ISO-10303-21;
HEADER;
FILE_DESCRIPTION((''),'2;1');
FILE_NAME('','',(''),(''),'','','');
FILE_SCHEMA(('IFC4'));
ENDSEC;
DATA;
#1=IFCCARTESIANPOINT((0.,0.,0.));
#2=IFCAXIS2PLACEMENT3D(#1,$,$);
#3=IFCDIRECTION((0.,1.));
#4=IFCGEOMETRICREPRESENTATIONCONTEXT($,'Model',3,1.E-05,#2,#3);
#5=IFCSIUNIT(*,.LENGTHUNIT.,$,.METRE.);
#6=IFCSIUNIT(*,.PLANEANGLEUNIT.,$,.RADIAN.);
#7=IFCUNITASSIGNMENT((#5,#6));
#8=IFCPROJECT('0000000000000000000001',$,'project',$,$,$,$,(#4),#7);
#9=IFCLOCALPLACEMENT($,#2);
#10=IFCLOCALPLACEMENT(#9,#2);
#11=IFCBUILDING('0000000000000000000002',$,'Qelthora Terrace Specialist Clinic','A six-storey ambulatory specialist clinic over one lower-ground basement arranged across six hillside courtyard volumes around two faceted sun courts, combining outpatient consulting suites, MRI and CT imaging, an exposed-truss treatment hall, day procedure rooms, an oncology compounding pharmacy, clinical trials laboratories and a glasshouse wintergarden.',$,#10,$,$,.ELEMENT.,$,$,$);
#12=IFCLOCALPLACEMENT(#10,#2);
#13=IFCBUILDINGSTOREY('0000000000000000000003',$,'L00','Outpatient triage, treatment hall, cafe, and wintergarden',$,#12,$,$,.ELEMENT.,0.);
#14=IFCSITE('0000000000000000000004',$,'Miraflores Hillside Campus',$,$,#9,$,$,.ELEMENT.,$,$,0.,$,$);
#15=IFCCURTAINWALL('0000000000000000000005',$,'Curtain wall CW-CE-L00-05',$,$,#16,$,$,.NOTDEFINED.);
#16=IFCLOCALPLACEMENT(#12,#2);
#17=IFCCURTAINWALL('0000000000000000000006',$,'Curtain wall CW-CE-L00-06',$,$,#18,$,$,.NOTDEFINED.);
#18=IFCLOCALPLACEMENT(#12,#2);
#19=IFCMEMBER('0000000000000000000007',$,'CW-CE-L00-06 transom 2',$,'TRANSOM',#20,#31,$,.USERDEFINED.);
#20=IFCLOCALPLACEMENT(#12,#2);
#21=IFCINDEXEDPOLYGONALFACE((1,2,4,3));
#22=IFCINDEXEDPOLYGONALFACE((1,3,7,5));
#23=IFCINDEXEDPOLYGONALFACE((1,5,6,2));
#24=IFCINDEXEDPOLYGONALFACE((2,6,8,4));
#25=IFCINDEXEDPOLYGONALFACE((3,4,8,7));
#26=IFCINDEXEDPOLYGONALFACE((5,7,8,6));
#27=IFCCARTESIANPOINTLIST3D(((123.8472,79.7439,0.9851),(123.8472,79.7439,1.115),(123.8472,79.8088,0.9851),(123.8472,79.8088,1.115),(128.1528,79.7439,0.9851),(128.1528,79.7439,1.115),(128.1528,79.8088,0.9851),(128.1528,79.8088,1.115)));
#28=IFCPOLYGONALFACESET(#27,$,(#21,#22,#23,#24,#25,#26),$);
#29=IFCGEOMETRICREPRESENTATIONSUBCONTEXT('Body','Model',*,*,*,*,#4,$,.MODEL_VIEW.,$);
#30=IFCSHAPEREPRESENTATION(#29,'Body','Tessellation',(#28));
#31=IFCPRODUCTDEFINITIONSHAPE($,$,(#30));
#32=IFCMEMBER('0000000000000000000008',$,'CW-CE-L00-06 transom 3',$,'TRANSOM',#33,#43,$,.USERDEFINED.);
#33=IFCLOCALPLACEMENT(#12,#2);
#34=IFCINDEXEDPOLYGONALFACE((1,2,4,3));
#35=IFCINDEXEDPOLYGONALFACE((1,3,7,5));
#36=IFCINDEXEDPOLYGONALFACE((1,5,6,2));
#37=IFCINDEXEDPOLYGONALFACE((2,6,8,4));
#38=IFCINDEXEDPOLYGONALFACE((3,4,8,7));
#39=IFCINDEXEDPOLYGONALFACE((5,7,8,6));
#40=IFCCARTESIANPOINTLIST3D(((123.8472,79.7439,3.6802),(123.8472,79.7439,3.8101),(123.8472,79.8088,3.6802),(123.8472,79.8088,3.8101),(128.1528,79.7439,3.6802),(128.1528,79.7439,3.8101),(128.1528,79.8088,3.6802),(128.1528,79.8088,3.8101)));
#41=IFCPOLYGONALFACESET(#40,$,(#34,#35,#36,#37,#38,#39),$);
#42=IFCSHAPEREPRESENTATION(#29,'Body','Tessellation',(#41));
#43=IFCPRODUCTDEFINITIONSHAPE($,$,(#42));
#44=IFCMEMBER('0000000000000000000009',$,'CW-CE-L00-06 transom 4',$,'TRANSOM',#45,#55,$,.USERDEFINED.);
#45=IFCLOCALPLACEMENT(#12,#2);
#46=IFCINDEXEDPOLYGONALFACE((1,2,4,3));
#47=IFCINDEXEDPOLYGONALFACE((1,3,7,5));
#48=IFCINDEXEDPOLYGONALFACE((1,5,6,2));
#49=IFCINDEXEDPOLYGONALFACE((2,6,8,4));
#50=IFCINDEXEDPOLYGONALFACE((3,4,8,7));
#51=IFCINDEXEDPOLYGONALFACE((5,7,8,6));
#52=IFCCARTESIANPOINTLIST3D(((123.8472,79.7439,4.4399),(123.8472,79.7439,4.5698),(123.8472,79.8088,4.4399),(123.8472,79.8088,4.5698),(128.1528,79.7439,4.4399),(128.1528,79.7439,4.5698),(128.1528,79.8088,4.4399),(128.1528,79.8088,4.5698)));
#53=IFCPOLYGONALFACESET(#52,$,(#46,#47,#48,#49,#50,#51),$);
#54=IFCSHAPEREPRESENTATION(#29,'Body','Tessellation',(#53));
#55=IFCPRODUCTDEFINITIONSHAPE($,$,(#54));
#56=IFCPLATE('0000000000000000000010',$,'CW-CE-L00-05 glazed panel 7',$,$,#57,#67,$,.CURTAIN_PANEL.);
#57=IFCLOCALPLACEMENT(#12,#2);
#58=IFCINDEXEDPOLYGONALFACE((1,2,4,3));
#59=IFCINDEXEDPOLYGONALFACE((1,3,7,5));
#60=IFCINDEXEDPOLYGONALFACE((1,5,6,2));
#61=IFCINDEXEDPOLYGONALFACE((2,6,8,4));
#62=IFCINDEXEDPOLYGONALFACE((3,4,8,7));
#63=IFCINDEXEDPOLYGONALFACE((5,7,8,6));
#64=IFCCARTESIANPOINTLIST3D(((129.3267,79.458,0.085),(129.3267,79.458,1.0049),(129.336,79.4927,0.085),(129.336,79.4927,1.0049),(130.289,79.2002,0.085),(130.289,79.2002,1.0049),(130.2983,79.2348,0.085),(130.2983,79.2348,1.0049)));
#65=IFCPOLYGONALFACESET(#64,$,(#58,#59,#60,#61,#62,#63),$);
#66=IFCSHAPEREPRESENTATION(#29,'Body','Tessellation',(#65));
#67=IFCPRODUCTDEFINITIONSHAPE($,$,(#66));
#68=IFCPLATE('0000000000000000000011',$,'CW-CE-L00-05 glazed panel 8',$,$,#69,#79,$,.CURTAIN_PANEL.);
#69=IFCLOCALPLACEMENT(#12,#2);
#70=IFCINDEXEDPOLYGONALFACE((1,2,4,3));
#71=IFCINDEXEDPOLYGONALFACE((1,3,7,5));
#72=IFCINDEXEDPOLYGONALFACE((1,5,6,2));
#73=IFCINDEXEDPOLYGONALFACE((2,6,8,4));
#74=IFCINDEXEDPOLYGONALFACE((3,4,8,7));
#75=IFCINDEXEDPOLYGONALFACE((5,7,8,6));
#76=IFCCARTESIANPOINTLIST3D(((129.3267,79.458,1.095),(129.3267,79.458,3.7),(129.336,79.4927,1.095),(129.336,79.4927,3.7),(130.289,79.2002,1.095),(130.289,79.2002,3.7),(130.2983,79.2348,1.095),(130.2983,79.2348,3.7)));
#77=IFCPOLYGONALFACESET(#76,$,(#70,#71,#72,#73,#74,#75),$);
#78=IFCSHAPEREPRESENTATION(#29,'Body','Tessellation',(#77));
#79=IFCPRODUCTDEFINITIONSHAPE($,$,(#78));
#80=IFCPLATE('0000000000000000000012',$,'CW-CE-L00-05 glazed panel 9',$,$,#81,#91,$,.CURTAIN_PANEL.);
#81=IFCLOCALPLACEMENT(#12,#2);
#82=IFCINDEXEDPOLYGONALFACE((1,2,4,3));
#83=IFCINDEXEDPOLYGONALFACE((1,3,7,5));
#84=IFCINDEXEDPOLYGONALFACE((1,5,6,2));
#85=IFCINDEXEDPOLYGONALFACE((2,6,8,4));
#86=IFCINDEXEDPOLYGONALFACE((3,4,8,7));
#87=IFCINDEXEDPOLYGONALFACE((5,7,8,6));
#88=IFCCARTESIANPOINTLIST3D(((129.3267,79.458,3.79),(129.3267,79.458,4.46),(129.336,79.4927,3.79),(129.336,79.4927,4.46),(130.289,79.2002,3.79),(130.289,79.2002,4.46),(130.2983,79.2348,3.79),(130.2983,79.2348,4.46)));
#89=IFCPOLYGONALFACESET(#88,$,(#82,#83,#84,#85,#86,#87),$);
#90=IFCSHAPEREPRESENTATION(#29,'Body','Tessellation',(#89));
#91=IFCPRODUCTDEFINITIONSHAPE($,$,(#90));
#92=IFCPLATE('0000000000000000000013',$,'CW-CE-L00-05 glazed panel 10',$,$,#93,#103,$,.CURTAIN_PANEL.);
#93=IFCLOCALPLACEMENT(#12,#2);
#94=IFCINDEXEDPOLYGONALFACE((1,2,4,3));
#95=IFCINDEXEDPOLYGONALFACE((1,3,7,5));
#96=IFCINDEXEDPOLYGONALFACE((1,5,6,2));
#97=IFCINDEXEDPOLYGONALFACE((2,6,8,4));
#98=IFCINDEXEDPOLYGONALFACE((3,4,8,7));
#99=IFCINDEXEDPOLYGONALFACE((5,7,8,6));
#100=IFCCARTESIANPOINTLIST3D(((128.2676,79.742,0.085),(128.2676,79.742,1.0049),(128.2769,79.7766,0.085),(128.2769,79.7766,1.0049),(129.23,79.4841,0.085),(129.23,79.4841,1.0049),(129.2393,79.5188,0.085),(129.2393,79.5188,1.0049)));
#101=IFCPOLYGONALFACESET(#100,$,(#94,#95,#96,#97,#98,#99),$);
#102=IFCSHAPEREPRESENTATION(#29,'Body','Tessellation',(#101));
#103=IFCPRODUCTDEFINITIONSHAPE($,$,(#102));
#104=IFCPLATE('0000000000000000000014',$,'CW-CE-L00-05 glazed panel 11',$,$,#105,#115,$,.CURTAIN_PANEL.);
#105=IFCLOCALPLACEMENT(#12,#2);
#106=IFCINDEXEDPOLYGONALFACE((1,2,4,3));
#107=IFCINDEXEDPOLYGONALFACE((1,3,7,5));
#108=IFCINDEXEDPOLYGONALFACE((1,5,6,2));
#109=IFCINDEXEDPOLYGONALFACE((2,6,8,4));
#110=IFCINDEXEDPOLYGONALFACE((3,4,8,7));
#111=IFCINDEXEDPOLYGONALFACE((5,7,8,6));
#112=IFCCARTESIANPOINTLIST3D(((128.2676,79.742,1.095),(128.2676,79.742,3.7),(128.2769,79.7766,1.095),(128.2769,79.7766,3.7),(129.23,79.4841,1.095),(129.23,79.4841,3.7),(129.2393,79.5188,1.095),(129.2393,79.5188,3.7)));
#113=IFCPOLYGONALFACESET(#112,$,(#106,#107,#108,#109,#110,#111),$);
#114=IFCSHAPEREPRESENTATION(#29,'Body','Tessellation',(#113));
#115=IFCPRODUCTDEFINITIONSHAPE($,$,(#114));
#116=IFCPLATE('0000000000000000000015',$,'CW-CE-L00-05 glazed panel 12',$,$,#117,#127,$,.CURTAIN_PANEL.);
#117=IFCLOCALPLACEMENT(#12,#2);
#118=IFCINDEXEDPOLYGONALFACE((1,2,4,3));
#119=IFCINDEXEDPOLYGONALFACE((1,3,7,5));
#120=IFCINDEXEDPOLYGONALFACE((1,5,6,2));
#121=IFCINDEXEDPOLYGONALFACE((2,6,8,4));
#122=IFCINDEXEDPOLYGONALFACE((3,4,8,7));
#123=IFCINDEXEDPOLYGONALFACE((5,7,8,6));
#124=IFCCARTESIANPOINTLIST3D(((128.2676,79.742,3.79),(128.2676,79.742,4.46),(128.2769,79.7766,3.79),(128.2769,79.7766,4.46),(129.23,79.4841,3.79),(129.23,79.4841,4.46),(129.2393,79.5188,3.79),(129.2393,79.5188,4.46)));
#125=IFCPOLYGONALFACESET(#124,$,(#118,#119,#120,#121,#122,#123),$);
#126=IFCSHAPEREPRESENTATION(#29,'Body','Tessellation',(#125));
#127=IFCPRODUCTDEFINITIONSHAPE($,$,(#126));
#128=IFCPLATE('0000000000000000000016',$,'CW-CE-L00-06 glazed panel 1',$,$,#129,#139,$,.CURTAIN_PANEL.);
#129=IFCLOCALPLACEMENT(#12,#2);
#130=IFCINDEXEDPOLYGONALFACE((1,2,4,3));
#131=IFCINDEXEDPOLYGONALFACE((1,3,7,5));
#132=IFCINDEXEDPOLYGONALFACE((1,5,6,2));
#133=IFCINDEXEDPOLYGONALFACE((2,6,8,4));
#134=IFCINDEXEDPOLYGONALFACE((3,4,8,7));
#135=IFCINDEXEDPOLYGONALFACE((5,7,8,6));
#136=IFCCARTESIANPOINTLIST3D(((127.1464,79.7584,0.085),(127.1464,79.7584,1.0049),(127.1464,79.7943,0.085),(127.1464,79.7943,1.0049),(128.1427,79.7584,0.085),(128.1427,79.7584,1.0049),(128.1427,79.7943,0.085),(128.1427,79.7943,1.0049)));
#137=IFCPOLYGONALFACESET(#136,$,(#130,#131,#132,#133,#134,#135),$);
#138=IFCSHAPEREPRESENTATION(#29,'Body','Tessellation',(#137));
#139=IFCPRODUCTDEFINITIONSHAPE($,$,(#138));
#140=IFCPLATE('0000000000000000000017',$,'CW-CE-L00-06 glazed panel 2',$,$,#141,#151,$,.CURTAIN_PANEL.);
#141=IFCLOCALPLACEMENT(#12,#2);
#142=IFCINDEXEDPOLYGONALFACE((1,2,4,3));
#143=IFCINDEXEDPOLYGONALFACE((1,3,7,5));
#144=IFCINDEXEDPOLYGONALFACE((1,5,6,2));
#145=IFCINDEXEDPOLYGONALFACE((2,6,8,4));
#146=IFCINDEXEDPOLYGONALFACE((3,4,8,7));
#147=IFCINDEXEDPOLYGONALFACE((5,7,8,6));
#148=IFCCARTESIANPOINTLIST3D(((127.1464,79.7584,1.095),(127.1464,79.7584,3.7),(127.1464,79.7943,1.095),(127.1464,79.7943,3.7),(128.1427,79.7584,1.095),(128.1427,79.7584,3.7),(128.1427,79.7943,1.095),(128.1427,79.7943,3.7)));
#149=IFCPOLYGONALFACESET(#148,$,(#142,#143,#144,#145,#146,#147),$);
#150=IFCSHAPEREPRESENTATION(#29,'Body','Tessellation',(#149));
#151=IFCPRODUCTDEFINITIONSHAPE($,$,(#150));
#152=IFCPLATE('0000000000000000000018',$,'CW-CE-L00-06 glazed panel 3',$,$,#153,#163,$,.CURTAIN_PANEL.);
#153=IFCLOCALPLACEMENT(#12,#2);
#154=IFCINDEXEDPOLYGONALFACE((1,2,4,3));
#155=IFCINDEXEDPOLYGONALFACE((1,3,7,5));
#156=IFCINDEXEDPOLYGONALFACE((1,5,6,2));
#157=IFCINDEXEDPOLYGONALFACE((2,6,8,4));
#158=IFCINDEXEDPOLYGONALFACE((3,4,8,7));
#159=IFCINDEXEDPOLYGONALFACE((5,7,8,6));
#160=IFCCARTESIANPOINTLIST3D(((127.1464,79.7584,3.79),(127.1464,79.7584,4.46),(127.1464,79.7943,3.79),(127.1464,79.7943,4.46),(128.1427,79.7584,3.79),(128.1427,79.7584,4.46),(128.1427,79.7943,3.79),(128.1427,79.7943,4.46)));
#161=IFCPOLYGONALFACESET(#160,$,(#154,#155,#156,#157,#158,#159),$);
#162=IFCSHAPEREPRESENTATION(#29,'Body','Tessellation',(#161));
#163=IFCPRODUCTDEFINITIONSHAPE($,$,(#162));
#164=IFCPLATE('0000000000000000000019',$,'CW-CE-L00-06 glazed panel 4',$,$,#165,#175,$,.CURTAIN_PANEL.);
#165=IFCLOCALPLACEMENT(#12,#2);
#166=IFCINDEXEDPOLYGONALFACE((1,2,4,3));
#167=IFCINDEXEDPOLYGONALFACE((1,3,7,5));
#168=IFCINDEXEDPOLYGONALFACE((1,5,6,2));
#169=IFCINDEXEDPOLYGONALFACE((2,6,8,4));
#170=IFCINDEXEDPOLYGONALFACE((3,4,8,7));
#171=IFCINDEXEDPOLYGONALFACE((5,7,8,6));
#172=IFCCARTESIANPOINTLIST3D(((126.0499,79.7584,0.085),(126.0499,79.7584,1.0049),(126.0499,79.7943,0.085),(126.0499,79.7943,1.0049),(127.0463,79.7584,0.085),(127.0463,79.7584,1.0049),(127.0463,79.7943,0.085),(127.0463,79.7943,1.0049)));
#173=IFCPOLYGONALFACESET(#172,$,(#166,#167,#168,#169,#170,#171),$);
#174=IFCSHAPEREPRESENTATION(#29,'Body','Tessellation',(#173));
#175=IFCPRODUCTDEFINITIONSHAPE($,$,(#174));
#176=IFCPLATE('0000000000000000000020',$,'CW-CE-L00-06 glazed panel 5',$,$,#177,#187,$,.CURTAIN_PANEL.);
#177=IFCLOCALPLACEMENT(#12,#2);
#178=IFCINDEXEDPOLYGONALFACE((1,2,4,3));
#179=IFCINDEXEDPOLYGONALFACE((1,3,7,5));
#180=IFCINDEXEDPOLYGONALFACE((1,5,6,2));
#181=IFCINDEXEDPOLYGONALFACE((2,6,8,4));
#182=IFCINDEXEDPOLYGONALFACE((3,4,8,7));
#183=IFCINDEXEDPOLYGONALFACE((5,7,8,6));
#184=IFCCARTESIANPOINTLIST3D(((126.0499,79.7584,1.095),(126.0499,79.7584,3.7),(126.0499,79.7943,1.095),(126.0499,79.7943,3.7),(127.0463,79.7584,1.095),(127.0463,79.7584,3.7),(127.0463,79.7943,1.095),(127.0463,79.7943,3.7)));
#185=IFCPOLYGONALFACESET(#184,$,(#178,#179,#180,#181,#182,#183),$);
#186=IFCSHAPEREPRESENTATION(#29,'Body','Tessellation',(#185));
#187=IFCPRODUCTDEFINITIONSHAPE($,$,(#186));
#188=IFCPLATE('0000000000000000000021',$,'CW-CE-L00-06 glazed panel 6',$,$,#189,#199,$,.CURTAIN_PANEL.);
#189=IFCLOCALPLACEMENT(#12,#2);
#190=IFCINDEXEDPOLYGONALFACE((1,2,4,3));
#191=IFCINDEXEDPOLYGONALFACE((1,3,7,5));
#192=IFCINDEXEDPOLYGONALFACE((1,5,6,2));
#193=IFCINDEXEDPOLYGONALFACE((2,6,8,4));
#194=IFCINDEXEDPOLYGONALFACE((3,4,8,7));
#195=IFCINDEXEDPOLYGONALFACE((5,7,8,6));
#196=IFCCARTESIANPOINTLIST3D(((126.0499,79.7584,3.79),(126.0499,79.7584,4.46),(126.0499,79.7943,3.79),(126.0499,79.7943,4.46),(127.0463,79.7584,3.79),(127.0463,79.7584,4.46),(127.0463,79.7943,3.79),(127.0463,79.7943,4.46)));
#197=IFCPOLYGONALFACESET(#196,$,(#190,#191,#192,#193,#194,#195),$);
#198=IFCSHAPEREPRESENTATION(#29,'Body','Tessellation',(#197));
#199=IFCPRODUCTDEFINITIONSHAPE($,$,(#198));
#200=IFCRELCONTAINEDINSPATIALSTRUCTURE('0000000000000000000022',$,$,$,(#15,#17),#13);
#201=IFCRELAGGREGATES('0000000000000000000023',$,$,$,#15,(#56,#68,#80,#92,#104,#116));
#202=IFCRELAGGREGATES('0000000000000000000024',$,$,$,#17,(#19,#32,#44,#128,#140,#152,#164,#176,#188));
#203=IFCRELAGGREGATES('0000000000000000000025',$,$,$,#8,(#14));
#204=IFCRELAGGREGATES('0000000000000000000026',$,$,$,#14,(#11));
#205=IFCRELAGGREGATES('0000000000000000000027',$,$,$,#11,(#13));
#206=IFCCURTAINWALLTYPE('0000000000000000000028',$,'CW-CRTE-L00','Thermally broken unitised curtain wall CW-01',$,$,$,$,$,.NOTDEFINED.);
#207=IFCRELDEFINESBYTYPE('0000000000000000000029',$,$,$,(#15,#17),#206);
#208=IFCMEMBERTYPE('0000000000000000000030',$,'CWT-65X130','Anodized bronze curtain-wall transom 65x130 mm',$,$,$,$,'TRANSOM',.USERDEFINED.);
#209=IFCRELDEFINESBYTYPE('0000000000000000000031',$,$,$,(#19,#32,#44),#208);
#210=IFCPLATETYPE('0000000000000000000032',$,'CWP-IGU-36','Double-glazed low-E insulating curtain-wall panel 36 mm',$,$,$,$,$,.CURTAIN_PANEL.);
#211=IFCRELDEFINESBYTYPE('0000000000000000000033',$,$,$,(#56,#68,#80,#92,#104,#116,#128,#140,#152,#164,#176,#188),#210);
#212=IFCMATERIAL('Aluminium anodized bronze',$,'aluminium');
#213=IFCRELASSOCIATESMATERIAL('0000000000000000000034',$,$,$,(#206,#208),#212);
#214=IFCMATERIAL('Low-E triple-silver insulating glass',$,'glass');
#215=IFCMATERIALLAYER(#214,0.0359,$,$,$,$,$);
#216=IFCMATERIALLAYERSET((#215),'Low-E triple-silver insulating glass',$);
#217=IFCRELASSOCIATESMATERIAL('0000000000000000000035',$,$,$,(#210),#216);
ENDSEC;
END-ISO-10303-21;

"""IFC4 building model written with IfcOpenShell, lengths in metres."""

from ifc_helpers import new_model, si_unit, direction, frame, origin, origin_2d, place, context, subcontext, project, spatial, rectangle, extrude, material, layer, layer_set, material_profile, profile_set, type_object, element, aggregate, save


model = new_model("IFC4")

# Units and contexts
model_context = context("Model", 3, precision=1e-05, world=origin(), true_north=direction((0.0, 1.0)))
body_context = subcontext(model_context, "Body", "Model", "MODEL_VIEW")
ifc_project = project(units=[si_unit("LENGTHUNIT", "METRE"), si_unit("PLANEANGLEUNIT", "RADIAN")], contexts=[model_context])

# Site, building, storey
site_placement = place(None, origin())
site = spatial("IfcSite", under=ifc_project, at=site_placement, Name="Miraflores Hillside Campus", CompositionType="ELEMENT", RefElevation=0.0)
building_placement = place(site_placement, origin())
building = spatial("IfcBuilding", under=site, at=building_placement, Name="Qelthora Terrace Specialist Clinic", Description="A six-storey ambulatory specialist clinic over one lower-ground basement arranged across six hillside courtyard volumes around two faceted sun courts, combining outpatient consulting suites, MRI and CT imaging, an exposed-truss treatment hall, day procedure rooms, an oncology compounding pharmacy, clinical trials laboratories and a glasshouse wintergarden.", CompositionType="ELEMENT")
storey_placement = place(building_placement, origin())
storey = spatial("IfcBuildingStorey", under=building, at=storey_placement, Name="L00", Description="Outpatient triage, treatment hall, cafe, and wintergarden", CompositionType="ELEMENT", Elevation=0.0)

# Curtain walls, members
ifc_material_1 = material(Name="Aluminium anodized bronze", Category="aluminium")
curtain_wall_type = type_object("IfcCurtainWallType", Name="CW-CRTE-L00", Description="Thermally broken unitised curtain wall CW-01", PredefinedType="NOTDEFINED", material=ifc_material_1)
curtain_wall_1_placement = place(storey_placement, origin())
curtain_wall_1 = element("IfcCurtainWall", 1, at=curtain_wall_1_placement, inside=storey, type_object=curtain_wall_type, Name="Curtain wall CW-CE-L00-05", PredefinedType="NOTDEFINED")
curtain_wall_2_placement = place(storey_placement, origin())
curtain_wall_2 = element("IfcCurtainWall", 2, at=curtain_wall_2_placement, inside=storey, type_object=curtain_wall_type, Name="Curtain wall CW-CE-L00-06", PredefinedType="NOTDEFINED")
ifc_material_profile_1 = material_profile(ifc_material_1, rectangle(XDim=0.0649, YDim=0.1299, at=origin_2d()), Name="CWT65X130")
ifc_profile_set_1 = profile_set([ifc_material_profile_1], Name="Aluminium anodized bronze")
member_type_1 = type_object("IfcMemberType", Name="CWT-65X130", Description="Anodized bronze curtain-wall transom 65x130 mm", ElementType="TRANSOM", PredefinedType="USERDEFINED", material=ifc_profile_set_1)
member_1_placement = place(storey_placement, frame((128.1528, 79.7764, 1.05), z_axis=(-1.0, 0.0, 0.0), x_axis=(0.0, -1.0, 0.0)))
member_1 = element("IfcMember", 3, at=member_1_placement, type_object=member_type_1, Name="CW-CE-L00-06 transom 2", ObjectType="TRANSOM", PredefinedType="USERDEFINED", context=body_context, shape_type="SweptSolid", body=[
    extrude(rectangle(XDim=0.0649, YDim=0.1299, at=origin_2d()), origin(), (0.0, 0.0, 1.0), 4.3057),
])
member_2_placement = place(storey_placement, frame((128.1528, 79.7764, 3.7451), z_axis=(-1.0, 0.0, 0.0), x_axis=(0.0, -1.0, 0.0)))
member_2 = element("IfcMember", 4, at=member_2_placement, type_object=member_type_1, Name="CW-CE-L00-06 transom 3", ObjectType="TRANSOM", PredefinedType="USERDEFINED", context=body_context, shape_type="SweptSolid", body=[
    extrude(rectangle(XDim=0.0649, YDim=0.1299, at=origin_2d()), origin(), (0.0, 0.0, 1.0), 4.3057),
])
member_3_placement = place(storey_placement, frame((128.1528, 79.7764, 4.5049), z_axis=(-1.0, 0.0, 0.0), x_axis=(0.0, -1.0, 0.0)))
member_3 = element("IfcMember", 5, at=member_3_placement, type_object=member_type_1, Name="CW-CE-L00-06 transom 4", ObjectType="TRANSOM", PredefinedType="USERDEFINED", context=body_context, shape_type="SweptSolid", body=[
    extrude(rectangle(XDim=0.0649, YDim=0.1299, at=origin_2d()), origin(), (0.0, 0.0, 1.0), 4.3057),
])

# Plates
ifc_material_2 = material(Name="Low-E triple-silver insulating glass", Category="glass")
ifc_layer_1 = layer(ifc_material_2, 0.0359)
ifc_layer_set_1 = layer_set([ifc_layer_1], Name="Low-E triple-silver insulating glass")
plate_type_1 = type_object("IfcPlateType", Name="CWP-IGU-36", Description="Double-glazed low-E insulating curtain-wall panel 36 mm", PredefinedType="CURTAIN_PANEL", material=ifc_layer_set_1)
plate_1_placement = place(storey_placement, frame((129.8125, 79.3464, 0.085), z_axis=(0.0, 0.0, 1.0), x_axis=(-0.965926, 0.258819, 0.0)))
plate_1 = element("IfcPlate", 6, at=plate_1_placement, type_object=plate_type_1, Name="CW-CE-L00-05 glazed panel 7", PredefinedType="CURTAIN_PANEL", context=body_context, shape_type="SweptSolid", body=[
    extrude(rectangle(XDim=0.9963, YDim=0.0359, at=origin_2d()), origin(), (0.0, 0.0, 1.0), 0.9199),
])
plate_2_placement = place(storey_placement, frame((129.8125, 79.3464, 1.095), z_axis=(0.0, 0.0, 1.0), x_axis=(-0.965926, 0.258819, 0.0)))
plate_2 = element("IfcPlate", 7, at=plate_2_placement, type_object=plate_type_1, Name="CW-CE-L00-05 glazed panel 8", PredefinedType="CURTAIN_PANEL", context=body_context, shape_type="SweptSolid", body=[
    extrude(rectangle(XDim=0.9963, YDim=0.0359, at=origin_2d()), origin(), (0.0, 0.0, 1.0), 2.605),
])
plate_3_placement = place(storey_placement, frame((129.8125, 79.3464, 3.79), z_axis=(0.0, 0.0, 1.0), x_axis=(-0.965926, 0.258819, 0.0)))
plate_3 = element("IfcPlate", 8, at=plate_3_placement, type_object=plate_type_1, Name="CW-CE-L00-05 glazed panel 9", PredefinedType="CURTAIN_PANEL", context=body_context, shape_type="SweptSolid", body=[
    extrude(rectangle(XDim=0.9963, YDim=0.0359, at=origin_2d()), origin(), (0.0, 0.0, 1.0), 0.6699),
])
plate_4_placement = place(storey_placement, frame((128.7534, 79.6304, 0.085), z_axis=(0.0, 0.0, 1.0), x_axis=(-0.965926, 0.258819, 0.0)))
plate_4 = element("IfcPlate", 9, at=plate_4_placement, type_object=plate_type_1, Name="CW-CE-L00-05 glazed panel 10", PredefinedType="CURTAIN_PANEL", context=body_context, shape_type="SweptSolid", body=[
    extrude(rectangle(XDim=0.9963, YDim=0.0359, at=origin_2d()), origin(), (0.0, 0.0, 1.0), 0.9199),
])
plate_5_placement = place(storey_placement, frame((128.7534, 79.6304, 1.095), z_axis=(0.0, 0.0, 1.0), x_axis=(-0.965926, 0.258819, 0.0)))
plate_5 = element("IfcPlate", 10, at=plate_5_placement, type_object=plate_type_1, Name="CW-CE-L00-05 glazed panel 11", PredefinedType="CURTAIN_PANEL", context=body_context, shape_type="SweptSolid", body=[
    extrude(rectangle(XDim=0.9963, YDim=0.0359, at=origin_2d()), origin(), (0.0, 0.0, 1.0), 2.605),
])
plate_6_placement = place(storey_placement, frame((128.7534, 79.6304, 3.79), z_axis=(0.0, 0.0, 1.0), x_axis=(-0.965926, 0.258819, 0.0)))
plate_6 = element("IfcPlate", 11, at=plate_6_placement, type_object=plate_type_1, Name="CW-CE-L00-05 glazed panel 12", PredefinedType="CURTAIN_PANEL", context=body_context, shape_type="SweptSolid", body=[
    extrude(rectangle(XDim=0.9963, YDim=0.0359, at=origin_2d()), origin(), (0.0, 0.0, 1.0), 0.6699),
])
aggregate(curtain_wall_1, [plate_1, plate_2, plate_3, plate_4, plate_5, plate_6])
plate_7_placement = place(storey_placement, frame((127.6445, 79.7764, 0.085), z_axis=(0.0, 0.0, 1.0), x_axis=(-1.0, 0.0, 0.0)))
plate_7 = element("IfcPlate", 12, at=plate_7_placement, type_object=plate_type_1, Name="CW-CE-L00-06 glazed panel 1", PredefinedType="CURTAIN_PANEL", context=body_context, shape_type="SweptSolid", body=[
    extrude(rectangle(XDim=0.9963, YDim=0.0359, at=origin_2d()), origin(), (0.0, 0.0, 1.0), 0.9199),
])
plate_8_placement = place(storey_placement, frame((127.6445, 79.7764, 1.095), z_axis=(0.0, 0.0, 1.0), x_axis=(-1.0, 0.0, 0.0)))
plate_8 = element("IfcPlate", 13, at=plate_8_placement, type_object=plate_type_1, Name="CW-CE-L00-06 glazed panel 2", PredefinedType="CURTAIN_PANEL", context=body_context, shape_type="SweptSolid", body=[
    extrude(rectangle(XDim=0.9963, YDim=0.0359, at=origin_2d()), origin(), (0.0, 0.0, 1.0), 2.605),
])
plate_9_placement = place(storey_placement, frame((127.6445, 79.7764, 3.79), z_axis=(0.0, 0.0, 1.0), x_axis=(-1.0, 0.0, 0.0)))
plate_9 = element("IfcPlate", 14, at=plate_9_placement, type_object=plate_type_1, Name="CW-CE-L00-06 glazed panel 3", PredefinedType="CURTAIN_PANEL", context=body_context, shape_type="SweptSolid", body=[
    extrude(rectangle(XDim=0.9963, YDim=0.0359, at=origin_2d()), origin(), (0.0, 0.0, 1.0), 0.6699),
])
plate_10_placement = place(storey_placement, frame((126.5481, 79.7764, 0.085), z_axis=(0.0, 0.0, 1.0), x_axis=(-1.0, 0.0, 0.0)))
plate_10 = element("IfcPlate", 15, at=plate_10_placement, type_object=plate_type_1, Name="CW-CE-L00-06 glazed panel 4", PredefinedType="CURTAIN_PANEL", context=body_context, shape_type="SweptSolid", body=[
    extrude(rectangle(XDim=0.9963, YDim=0.0359, at=origin_2d()), origin(), (0.0, 0.0, 1.0), 0.9199),
])
plate_11_placement = place(storey_placement, frame((126.5481, 79.7764, 1.095), z_axis=(0.0, 0.0, 1.0), x_axis=(-1.0, 0.0, 0.0)))
plate_11 = element("IfcPlate", 16, at=plate_11_placement, type_object=plate_type_1, Name="CW-CE-L00-06 glazed panel 5", PredefinedType="CURTAIN_PANEL", context=body_context, shape_type="SweptSolid", body=[
    extrude(rectangle(XDim=0.9963, YDim=0.0359, at=origin_2d()), origin(), (0.0, 0.0, 1.0), 2.605),
])
plate_12_placement = place(storey_placement, frame((126.5481, 79.7764, 3.79), z_axis=(0.0, 0.0, 1.0), x_axis=(-1.0, 0.0, 0.0)))
plate_12 = element("IfcPlate", 17, at=plate_12_placement, type_object=plate_type_1, Name="CW-CE-L00-06 glazed panel 6", PredefinedType="CURTAIN_PANEL", context=body_context, shape_type="SweptSolid", body=[
    extrude(rectangle(XDim=0.9963, YDim=0.0359, at=origin_2d()), origin(), (0.0, 0.0, 1.0), 0.6699),
])
aggregate(curtain_wall_2, [member_1, member_2, member_3, plate_7, plate_8, plate_9, plate_10, plate_11, plate_12])

save(model, "model.ifc")
